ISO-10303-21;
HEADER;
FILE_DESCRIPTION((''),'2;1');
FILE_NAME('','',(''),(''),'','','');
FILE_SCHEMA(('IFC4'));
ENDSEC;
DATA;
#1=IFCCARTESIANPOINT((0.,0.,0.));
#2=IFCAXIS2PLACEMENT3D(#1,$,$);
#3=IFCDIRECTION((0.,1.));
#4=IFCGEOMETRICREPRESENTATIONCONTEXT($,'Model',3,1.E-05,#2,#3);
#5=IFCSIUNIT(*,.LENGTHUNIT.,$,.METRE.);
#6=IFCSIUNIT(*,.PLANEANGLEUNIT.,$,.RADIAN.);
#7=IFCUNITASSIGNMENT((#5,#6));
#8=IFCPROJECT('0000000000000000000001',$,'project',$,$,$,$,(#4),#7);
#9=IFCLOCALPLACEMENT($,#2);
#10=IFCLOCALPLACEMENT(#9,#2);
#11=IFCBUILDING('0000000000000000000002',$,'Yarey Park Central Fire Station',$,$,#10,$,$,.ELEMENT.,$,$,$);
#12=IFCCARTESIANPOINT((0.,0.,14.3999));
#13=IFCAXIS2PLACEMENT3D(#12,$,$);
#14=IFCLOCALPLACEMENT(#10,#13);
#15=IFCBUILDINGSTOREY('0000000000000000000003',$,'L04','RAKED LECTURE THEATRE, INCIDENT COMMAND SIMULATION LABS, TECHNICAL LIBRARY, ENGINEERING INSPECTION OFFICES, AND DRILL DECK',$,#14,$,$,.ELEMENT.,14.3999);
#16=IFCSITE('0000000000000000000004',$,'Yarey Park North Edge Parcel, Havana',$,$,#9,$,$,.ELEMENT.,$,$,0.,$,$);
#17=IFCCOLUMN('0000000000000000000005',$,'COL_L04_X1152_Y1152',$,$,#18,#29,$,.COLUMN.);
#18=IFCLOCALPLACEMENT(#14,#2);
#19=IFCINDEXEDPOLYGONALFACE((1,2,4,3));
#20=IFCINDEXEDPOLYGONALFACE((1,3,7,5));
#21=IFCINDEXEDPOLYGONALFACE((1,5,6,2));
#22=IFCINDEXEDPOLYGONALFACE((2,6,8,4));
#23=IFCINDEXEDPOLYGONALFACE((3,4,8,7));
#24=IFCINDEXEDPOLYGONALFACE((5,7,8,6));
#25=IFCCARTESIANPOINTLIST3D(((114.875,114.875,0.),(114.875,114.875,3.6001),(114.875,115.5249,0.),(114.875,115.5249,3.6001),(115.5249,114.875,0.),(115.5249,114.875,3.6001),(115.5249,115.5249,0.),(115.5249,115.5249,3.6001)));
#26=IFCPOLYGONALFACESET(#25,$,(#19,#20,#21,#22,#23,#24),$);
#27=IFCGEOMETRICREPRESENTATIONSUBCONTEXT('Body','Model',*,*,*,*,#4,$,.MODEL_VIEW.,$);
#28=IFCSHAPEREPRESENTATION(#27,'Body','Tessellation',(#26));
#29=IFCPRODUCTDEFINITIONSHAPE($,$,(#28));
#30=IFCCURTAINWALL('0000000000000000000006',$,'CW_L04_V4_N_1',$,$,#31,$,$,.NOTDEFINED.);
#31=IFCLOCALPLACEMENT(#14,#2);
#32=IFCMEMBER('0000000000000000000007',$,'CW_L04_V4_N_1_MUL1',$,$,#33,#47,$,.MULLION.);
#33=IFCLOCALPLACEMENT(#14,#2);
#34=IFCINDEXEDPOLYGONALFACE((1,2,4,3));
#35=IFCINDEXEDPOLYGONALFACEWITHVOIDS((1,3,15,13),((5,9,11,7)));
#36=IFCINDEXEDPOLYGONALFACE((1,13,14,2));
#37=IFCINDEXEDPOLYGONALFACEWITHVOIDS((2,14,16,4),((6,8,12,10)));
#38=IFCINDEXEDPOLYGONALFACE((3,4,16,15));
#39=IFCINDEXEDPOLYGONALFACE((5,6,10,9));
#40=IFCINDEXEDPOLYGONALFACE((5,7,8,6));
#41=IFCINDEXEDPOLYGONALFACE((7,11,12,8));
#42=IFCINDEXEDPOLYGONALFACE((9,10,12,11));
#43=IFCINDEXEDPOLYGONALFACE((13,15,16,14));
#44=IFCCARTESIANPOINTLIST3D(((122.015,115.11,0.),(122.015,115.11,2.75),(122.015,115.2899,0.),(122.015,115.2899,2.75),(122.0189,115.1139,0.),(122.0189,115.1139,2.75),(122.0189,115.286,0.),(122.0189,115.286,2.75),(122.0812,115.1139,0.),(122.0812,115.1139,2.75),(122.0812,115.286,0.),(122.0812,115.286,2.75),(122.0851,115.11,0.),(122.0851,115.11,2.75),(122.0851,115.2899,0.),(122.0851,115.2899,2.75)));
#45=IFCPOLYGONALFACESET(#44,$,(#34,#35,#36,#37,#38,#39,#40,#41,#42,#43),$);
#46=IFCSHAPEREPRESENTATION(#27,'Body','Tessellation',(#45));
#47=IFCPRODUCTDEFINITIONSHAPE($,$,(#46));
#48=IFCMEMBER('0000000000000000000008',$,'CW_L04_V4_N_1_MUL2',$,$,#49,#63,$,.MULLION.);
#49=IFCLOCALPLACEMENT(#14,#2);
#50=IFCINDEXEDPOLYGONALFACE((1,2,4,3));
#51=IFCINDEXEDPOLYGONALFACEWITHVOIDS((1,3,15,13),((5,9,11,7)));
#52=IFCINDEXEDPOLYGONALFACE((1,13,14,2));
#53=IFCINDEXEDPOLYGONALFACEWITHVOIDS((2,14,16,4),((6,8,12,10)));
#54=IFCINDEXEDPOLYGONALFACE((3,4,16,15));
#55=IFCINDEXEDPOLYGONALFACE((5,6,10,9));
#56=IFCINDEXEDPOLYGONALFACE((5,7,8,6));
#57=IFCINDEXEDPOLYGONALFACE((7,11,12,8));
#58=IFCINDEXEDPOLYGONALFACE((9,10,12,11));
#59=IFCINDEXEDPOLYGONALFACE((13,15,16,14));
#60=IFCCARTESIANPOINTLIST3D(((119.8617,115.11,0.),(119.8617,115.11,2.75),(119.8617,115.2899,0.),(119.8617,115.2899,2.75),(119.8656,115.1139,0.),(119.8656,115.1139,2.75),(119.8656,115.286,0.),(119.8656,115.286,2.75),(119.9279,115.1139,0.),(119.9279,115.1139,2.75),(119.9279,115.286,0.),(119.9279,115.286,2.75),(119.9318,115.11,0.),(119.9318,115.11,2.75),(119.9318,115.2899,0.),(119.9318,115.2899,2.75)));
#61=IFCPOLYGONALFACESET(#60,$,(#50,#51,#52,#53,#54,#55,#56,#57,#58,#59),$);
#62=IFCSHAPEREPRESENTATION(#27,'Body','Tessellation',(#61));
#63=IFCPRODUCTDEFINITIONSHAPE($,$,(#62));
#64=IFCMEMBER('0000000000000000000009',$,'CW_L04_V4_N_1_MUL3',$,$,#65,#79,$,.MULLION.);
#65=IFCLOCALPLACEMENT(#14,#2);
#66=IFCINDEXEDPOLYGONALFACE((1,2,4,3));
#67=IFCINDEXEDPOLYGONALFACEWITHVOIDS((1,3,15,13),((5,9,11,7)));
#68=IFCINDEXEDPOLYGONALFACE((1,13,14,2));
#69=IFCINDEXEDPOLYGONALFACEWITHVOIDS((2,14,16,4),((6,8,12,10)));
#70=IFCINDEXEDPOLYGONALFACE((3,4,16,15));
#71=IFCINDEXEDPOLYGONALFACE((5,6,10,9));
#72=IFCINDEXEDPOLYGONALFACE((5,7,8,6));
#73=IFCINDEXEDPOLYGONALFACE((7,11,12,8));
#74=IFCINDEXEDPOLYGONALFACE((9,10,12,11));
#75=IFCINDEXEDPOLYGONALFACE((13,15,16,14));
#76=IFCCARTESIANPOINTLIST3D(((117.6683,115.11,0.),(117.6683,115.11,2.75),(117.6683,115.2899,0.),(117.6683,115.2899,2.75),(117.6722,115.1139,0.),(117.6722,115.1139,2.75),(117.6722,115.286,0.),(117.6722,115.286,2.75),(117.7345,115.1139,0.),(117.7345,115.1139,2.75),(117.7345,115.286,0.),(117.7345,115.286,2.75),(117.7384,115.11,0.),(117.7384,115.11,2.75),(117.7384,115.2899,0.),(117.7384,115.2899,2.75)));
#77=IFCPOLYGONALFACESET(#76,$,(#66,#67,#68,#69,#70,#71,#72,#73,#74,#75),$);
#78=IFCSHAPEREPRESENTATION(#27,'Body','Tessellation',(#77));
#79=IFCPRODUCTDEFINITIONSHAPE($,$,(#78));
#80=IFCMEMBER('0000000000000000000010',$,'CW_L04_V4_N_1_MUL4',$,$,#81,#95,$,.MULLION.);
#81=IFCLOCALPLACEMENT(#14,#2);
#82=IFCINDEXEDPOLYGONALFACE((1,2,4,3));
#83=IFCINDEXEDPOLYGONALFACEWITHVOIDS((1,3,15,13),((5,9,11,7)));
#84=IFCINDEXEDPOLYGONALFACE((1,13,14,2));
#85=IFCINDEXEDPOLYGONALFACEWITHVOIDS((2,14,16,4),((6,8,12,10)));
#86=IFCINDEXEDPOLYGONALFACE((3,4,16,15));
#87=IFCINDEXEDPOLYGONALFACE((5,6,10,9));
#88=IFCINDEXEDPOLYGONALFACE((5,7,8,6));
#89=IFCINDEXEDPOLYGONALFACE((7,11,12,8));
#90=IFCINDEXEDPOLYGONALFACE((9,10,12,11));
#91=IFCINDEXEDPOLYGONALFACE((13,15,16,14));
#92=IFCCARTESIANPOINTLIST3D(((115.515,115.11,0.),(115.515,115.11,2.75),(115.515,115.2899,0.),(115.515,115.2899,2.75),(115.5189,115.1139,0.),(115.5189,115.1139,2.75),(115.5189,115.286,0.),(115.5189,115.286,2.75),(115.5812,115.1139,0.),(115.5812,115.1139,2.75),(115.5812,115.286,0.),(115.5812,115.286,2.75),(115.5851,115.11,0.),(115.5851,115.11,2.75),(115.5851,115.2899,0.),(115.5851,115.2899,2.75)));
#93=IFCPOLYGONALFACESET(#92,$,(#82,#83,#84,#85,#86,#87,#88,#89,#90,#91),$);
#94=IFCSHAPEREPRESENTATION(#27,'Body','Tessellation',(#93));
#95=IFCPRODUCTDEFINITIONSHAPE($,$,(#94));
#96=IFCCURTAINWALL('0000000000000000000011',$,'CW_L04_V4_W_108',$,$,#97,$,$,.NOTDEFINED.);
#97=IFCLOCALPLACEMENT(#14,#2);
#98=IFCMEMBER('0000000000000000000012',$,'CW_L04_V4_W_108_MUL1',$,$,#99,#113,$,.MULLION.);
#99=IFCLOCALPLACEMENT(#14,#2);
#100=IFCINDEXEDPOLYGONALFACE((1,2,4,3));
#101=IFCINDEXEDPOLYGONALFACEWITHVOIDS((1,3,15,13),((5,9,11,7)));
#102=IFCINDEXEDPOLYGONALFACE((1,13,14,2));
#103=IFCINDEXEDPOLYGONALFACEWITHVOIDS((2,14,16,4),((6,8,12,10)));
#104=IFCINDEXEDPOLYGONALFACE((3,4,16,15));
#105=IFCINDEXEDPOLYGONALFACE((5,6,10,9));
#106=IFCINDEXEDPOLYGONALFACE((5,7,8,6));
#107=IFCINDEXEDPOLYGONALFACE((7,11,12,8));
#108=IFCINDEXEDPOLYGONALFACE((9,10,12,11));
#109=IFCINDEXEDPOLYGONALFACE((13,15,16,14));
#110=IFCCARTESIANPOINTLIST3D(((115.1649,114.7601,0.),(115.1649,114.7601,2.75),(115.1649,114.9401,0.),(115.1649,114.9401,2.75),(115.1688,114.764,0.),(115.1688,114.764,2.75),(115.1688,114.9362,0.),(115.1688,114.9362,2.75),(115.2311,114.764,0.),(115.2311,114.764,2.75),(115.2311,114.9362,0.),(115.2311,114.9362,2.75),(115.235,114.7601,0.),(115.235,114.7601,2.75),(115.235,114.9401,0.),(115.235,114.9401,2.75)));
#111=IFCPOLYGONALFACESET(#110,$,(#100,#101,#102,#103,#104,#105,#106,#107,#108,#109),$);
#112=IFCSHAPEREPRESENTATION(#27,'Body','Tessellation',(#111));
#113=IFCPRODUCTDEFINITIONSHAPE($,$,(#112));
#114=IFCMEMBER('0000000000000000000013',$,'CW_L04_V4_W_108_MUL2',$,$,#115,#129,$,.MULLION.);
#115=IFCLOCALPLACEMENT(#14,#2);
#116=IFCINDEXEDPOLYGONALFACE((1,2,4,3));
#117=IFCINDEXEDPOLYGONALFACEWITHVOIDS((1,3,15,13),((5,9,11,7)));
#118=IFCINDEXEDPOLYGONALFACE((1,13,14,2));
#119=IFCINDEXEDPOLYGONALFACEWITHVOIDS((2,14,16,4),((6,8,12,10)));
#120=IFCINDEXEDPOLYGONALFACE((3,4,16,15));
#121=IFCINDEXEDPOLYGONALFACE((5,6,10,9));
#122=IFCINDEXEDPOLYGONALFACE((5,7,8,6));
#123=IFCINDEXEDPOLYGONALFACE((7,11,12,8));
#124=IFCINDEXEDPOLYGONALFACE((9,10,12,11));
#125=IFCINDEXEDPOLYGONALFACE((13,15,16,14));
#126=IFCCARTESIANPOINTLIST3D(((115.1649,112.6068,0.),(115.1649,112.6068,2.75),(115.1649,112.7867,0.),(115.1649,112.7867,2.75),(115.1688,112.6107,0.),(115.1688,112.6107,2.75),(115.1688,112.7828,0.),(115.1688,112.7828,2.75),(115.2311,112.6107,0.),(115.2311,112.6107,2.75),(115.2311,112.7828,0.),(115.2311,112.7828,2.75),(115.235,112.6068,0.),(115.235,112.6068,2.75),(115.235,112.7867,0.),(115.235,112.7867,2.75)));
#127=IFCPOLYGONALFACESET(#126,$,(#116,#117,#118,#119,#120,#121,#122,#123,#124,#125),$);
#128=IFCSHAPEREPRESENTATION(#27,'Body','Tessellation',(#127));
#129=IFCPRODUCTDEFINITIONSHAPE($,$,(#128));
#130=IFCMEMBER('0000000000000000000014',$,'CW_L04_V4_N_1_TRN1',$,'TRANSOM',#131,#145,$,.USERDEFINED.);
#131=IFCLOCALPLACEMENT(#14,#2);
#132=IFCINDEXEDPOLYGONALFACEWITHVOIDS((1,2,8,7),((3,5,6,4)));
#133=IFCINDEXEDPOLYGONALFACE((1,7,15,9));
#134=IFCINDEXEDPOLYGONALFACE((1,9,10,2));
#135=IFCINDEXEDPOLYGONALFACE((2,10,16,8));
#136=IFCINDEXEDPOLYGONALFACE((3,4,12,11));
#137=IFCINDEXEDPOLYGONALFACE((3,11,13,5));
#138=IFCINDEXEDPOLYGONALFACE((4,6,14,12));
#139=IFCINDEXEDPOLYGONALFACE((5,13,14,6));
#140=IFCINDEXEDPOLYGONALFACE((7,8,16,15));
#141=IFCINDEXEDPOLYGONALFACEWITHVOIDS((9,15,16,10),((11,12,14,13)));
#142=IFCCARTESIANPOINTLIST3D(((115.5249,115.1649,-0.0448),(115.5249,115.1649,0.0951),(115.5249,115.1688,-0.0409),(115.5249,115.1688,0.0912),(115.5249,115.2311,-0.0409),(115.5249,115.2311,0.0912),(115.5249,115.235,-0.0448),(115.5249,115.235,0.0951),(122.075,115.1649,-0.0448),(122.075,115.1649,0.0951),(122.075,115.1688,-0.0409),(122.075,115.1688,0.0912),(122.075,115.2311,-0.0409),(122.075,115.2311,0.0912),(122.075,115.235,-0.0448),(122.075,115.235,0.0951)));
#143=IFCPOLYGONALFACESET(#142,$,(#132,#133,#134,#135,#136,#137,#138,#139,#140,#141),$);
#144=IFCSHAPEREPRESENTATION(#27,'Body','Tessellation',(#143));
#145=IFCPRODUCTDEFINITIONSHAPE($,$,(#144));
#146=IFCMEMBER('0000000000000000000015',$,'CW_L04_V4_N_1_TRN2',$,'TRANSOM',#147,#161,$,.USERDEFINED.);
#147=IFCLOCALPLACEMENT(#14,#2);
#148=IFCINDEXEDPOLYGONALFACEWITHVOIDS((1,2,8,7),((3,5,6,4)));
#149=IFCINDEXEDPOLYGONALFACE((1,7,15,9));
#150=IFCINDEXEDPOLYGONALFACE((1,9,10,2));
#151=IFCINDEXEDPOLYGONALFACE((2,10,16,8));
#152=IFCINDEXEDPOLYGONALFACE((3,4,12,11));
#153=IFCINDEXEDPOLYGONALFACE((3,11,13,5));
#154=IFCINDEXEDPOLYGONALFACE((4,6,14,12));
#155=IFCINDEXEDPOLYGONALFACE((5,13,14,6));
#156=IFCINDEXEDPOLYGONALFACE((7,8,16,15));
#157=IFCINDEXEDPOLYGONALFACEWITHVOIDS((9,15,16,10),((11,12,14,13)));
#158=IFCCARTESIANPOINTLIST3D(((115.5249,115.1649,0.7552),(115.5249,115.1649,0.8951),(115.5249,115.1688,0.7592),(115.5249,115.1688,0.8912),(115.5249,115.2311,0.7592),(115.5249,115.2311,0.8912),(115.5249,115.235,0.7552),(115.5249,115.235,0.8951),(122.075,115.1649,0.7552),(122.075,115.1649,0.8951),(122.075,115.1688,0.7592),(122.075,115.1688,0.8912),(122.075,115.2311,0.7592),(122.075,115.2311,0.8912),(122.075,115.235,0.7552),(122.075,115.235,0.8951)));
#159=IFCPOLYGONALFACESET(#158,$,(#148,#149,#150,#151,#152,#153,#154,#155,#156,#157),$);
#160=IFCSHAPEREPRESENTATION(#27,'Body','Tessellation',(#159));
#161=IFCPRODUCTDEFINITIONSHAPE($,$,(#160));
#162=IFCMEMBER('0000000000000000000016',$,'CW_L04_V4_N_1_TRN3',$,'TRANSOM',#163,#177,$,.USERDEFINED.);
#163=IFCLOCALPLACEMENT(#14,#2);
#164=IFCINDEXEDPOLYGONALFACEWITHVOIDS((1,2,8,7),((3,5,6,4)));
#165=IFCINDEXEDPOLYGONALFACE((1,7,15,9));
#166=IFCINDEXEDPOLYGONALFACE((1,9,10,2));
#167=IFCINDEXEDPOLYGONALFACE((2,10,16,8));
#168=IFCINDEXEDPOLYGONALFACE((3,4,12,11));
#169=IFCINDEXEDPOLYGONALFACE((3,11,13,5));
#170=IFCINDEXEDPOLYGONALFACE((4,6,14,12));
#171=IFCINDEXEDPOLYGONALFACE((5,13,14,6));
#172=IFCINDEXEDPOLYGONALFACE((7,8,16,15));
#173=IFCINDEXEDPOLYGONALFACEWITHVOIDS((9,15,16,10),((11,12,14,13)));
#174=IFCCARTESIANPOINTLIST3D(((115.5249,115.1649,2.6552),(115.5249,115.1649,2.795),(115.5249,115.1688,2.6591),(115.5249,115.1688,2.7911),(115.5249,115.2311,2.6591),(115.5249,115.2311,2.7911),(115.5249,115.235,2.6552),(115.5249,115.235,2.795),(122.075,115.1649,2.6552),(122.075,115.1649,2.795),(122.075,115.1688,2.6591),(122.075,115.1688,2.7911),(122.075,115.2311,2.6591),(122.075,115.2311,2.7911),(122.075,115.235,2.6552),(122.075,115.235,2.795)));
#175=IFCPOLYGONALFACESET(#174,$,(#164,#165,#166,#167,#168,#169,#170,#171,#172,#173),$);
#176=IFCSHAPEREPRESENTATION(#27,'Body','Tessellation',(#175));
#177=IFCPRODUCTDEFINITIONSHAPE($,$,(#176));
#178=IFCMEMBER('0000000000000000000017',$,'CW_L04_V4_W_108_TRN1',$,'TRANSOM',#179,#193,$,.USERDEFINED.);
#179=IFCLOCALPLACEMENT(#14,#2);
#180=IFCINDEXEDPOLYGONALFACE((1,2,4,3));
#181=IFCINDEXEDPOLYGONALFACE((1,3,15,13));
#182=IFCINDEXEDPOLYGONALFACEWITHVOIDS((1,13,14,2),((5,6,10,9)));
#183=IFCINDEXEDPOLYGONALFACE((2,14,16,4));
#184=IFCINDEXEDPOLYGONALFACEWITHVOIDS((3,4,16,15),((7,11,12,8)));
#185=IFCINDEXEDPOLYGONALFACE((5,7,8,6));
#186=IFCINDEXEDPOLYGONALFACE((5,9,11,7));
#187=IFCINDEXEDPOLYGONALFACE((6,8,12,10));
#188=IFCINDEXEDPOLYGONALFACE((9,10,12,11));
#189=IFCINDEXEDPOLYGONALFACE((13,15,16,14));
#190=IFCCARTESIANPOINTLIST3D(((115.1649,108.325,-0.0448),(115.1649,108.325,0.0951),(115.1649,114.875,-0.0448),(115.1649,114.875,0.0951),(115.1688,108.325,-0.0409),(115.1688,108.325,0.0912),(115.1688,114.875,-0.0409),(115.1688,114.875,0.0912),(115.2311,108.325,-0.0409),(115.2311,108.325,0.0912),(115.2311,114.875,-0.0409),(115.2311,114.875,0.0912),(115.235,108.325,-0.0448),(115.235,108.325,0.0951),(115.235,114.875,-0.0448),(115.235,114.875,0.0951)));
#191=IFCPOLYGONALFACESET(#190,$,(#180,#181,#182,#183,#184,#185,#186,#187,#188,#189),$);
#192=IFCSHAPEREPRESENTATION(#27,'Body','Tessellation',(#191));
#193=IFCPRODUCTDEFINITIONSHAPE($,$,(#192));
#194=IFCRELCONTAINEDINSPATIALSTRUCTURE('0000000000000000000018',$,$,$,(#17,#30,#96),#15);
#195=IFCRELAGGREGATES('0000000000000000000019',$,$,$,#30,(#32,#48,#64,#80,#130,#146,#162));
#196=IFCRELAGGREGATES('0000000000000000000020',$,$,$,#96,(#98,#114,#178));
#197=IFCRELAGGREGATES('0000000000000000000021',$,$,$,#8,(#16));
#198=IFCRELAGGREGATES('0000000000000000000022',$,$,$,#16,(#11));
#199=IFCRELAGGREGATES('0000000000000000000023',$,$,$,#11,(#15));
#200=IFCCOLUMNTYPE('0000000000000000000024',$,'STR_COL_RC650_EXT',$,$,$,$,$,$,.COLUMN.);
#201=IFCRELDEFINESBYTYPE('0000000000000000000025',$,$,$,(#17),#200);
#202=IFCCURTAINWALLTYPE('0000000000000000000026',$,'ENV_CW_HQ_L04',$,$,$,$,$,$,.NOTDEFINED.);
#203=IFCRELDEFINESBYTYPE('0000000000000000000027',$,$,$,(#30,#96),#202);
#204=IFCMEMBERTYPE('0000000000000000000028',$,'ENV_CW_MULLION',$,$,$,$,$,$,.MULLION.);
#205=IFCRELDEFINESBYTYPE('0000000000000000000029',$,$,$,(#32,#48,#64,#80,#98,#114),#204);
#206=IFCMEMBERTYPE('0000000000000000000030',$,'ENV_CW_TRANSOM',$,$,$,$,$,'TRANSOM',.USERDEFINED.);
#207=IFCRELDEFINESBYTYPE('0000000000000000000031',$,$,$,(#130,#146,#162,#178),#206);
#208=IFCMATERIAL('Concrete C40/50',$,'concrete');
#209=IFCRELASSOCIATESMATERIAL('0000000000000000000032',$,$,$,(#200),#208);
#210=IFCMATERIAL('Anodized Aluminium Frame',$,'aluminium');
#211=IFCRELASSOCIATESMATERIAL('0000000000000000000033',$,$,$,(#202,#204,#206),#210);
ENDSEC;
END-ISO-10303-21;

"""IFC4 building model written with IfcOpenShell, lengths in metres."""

from ifc_helpers import new_model, si_unit, direction, frame, origin, origin_2d, place, context, subcontext, project, spatial, rectangle, hollow_rectangle, extrude, material, material_profile, profile_set, type_object, element, aggregate, save


model = new_model("IFC4")

# Units and contexts
model_context = context("Model", 3, precision=1e-05, world=origin(), true_north=direction((0.0, 1.0)))
body_context = subcontext(model_context, "Body", "Model", "MODEL_VIEW")
ifc_project = project(units=[si_unit("LENGTHUNIT", "METRE"), si_unit("PLANEANGLEUNIT", "RADIAN")], contexts=[model_context])

# Site, building, storey
site_placement = place(None, origin())
site = spatial("IfcSite", under=ifc_project, at=site_placement, Name="Yarey Park North Edge Parcel, Havana", CompositionType="ELEMENT", RefElevation=0.0)
building_placement = place(site_placement, origin())
building = spatial("IfcBuilding", under=site, at=building_placement, Name="Yarey Park Central Fire Station", CompositionType="ELEMENT")
storey_placement = place(building_placement, frame((0.0, 0.0, 14.3999)))
storey = spatial("IfcBuildingStorey", under=building, at=storey_placement, Name="L04", Description="RAKED LECTURE THEATRE, INCIDENT COMMAND SIMULATION LABS, TECHNICAL LIBRARY, ENGINEERING INSPECTION OFFICES, AND DRILL DECK", CompositionType="ELEMENT", Elevation=14.3999)

# Column
ifc_material_1 = material(Name="Concrete C40/50", Category="concrete")
ifc_material_profile_1 = material_profile(ifc_material_1, rectangle(XDim=0.6499, YDim=0.6499, at=origin_2d()), Name="RC 650x650")
ifc_profile_set_1 = profile_set([ifc_material_profile_1], Name="Concrete C40/50")
column_type = type_object("IfcColumnType", Name="STR_COL_RC650_EXT", PredefinedType="COLUMN", material=ifc_profile_set_1)
column_placement = place(storey_placement, frame((115.2, 115.2, 0.0), z_axis=(0.0, 0.0, 1.0), x_axis=(1.0, 0.0, 0.0)))
element("IfcColumn", 1, at=column_placement, inside=storey, type_object=column_type, Name="COL_L04_X1152_Y1152", PredefinedType="COLUMN", context=body_context, shape_type="SweptSolid", body=[
    extrude(rectangle(XDim=0.6499, YDim=0.6499, at=origin_2d()), origin(), (0.0, 0.0, 1.0), 3.6001),
])

# Curtain walls, members
ifc_material_2 = material(Name="Anodized Aluminium Frame", Category="aluminium")
curtain_wall_type = type_object("IfcCurtainWallType", Name="ENV_CW_HQ_L04", PredefinedType="NOTDEFINED", material=ifc_material_2)
curtain_wall_1_placement = place(storey_placement, origin())
curtain_wall_1 = element("IfcCurtainWall", 2, at=curtain_wall_1_placement, inside=storey, type_object=curtain_wall_type, Name="CW_L04_V4_N_1", PredefinedType="NOTDEFINED")
ifc_material_profile_2 = material_profile(ifc_material_2, hollow_rectangle(XDim=0.0701, YDim=0.1799, WallThickness=0.0039, at=origin_2d()), Name="ALU 180x70x4")
ifc_profile_set_2 = profile_set([ifc_material_profile_2], Name="Anodized Aluminium Frame")
member_type_1 = type_object("IfcMemberType", Name="ENV_CW_MULLION", PredefinedType="MULLION", material=ifc_profile_set_2)
member_1_placement = place(storey_placement, frame((122.05, 115.2, 0.0), z_axis=(0.0, 0.0, 1.0), x_axis=(1.0, 0.0, 0.0)))
member_1 = element("IfcMember", 3, at=member_1_placement, type_object=member_type_1, Name="CW_L04_V4_N_1_MUL1", PredefinedType="MULLION", context=body_context, shape_type="SweptSolid", body=[
    extrude(hollow_rectangle(XDim=0.0701, YDim=0.1799, WallThickness=0.0039, at=origin_2d()), origin(), (0.0, 0.0, 1.0), 2.75),
])
member_2_placement = place(storey_placement, frame((119.8967, 115.2, 0.0), z_axis=(0.0, 0.0, 1.0), x_axis=(1.0, 0.0, 0.0)))
member_2 = element("IfcMember", 4, at=member_2_placement, type_object=member_type_1, Name="CW_L04_V4_N_1_MUL2", PredefinedType="MULLION", context=body_context, shape_type="SweptSolid", body=[
    extrude(hollow_rectangle(XDim=0.0701, YDim=0.1799, WallThickness=0.0039, at=origin_2d()), origin(), (0.0, 0.0, 1.0), 2.75),
])
member_3_placement = place(storey_placement, frame((117.7034, 115.2, 0.0), z_axis=(0.0, 0.0, 1.0), x_axis=(1.0, 0.0, 0.0)))
member_3 = element("IfcMember", 5, at=member_3_placement, type_object=member_type_1, Name="CW_L04_V4_N_1_MUL3", PredefinedType="MULLION", context=body_context, shape_type="SweptSolid", body=[
    extrude(hollow_rectangle(XDim=0.0701, YDim=0.1799, WallThickness=0.0039, at=origin_2d()), origin(), (0.0, 0.0, 1.0), 2.75),
])
member_4_placement = place(storey_placement, frame((115.55, 115.2, 0.0), z_axis=(0.0, 0.0, 1.0), x_axis=(1.0, 0.0, 0.0)))
member_4 = element("IfcMember", 6, at=member_4_placement, type_object=member_type_1, Name="CW_L04_V4_N_1_MUL4", PredefinedType="MULLION", context=body_context, shape_type="SweptSolid", body=[
    extrude(hollow_rectangle(XDim=0.0701, YDim=0.1799, WallThickness=0.0039, at=origin_2d()), origin(), (0.0, 0.0, 1.0), 2.75),
])
curtain_wall_2_placement = place(storey_placement, origin())
curtain_wall_2 = element("IfcCurtainWall", 7, at=curtain_wall_2_placement, inside=storey, type_object=curtain_wall_type, Name="CW_L04_V4_W_108", PredefinedType="NOTDEFINED")
member_5_placement = place(storey_placement, frame((115.2, 114.8501, 0.0), z_axis=(0.0, 0.0, 1.0), x_axis=(1.0, 0.0, 0.0)))
member_5 = element("IfcMember", 8, at=member_5_placement, type_object=member_type_1, Name="CW_L04_V4_W_108_MUL1", PredefinedType="MULLION", context=body_context, shape_type="SweptSolid", body=[
    extrude(hollow_rectangle(XDim=0.0701, YDim=0.1799, WallThickness=0.0039, at=origin_2d()), origin(), (0.0, 0.0, 1.0), 2.75),
])
member_6_placement = place(storey_placement, frame((115.2, 112.6968, 0.0), z_axis=(0.0, 0.0, 1.0), x_axis=(1.0, 0.0, 0.0)))
member_6 = element("IfcMember", 9, at=member_6_placement, type_object=member_type_1, Name="CW_L04_V4_W_108_MUL2", PredefinedType="MULLION", context=body_context, shape_type="SweptSolid", body=[
    extrude(hollow_rectangle(XDim=0.0701, YDim=0.1799, WallThickness=0.0039, at=origin_2d()), origin(), (0.0, 0.0, 1.0), 2.75),
])

# Members
ifc_material_profile_3 = material_profile(ifc_material_2, hollow_rectangle(XDim=0.0701, YDim=0.1399, WallThickness=0.0039, at=origin_2d()), Name="ALU 140x70x4")
ifc_profile_set_3 = profile_set([ifc_material_profile_3], Name="Anodized Aluminium Frame")
member_type_2 = type_object("IfcMemberType", Name="ENV_CW_TRANSOM", ElementType="TRANSOM", PredefinedType="USERDEFINED", material=ifc_profile_set_3)
member_7_placement = place(storey_placement, frame((122.075, 115.2, 0.0251), z_axis=(-1.0, 0.0, 0.0), x_axis=(0.0, -1.0, 0.0)))
member_7 = element("IfcMember", 10, at=member_7_placement, type_object=member_type_2, Name="CW_L04_V4_N_1_TRN1", ObjectType="TRANSOM", PredefinedType="USERDEFINED", context=body_context, shape_type="SweptSolid", body=[
    extrude(hollow_rectangle(XDim=0.0701, YDim=0.1399, WallThickness=0.0039, at=origin_2d()), origin(), (0.0, 0.0, 1.0), 6.55),
])
member_8_placement = place(storey_placement, frame((122.075, 115.2, 0.8252), z_axis=(-1.0, 0.0, 0.0), x_axis=(0.0, -1.0, 0.0)))
member_8 = element("IfcMember", 11, at=member_8_placement, type_object=member_type_2, Name="CW_L04_V4_N_1_TRN2", ObjectType="TRANSOM", PredefinedType="USERDEFINED", context=body_context, shape_type="SweptSolid", body=[
    extrude(hollow_rectangle(XDim=0.0701, YDim=0.1399, WallThickness=0.0039, at=origin_2d()), origin(), (0.0, 0.0, 1.0), 6.55),
])
member_9_placement = place(storey_placement, frame((122.075, 115.2, 2.7251), z_axis=(-1.0, 0.0, 0.0), x_axis=(0.0, -1.0, 0.0)))
member_9 = element("IfcMember", 12, at=member_9_placement, type_object=member_type_2, Name="CW_L04_V4_N_1_TRN3", ObjectType="TRANSOM", PredefinedType="USERDEFINED", context=body_context, shape_type="SweptSolid", body=[
    extrude(hollow_rectangle(XDim=0.0701, YDim=0.1399, WallThickness=0.0039, at=origin_2d()), origin(), (0.0, 0.0, 1.0), 6.55),
])
member_10_placement = place(storey_placement, frame((115.2, 114.875, 0.0251), z_axis=(0.0, -1.0, 0.0), x_axis=(1.0, 0.0, 0.0)))
member_10 = element("IfcMember", 13, at=member_10_placement, type_object=member_type_2, Name="CW_L04_V4_W_108_TRN1", ObjectType="TRANSOM", PredefinedType="USERDEFINED", context=body_context, shape_type="SweptSolid", body=[
    extrude(hollow_rectangle(XDim=0.0701, YDim=0.1399, WallThickness=0.0039, at=origin_2d()), origin(), (0.0, 0.0, 1.0), 6.55),
])

aggregate(curtain_wall_1, [member_1, member_2, member_3, member_4, member_7, member_8, member_9])
aggregate(curtain_wall_2, [member_5, member_6, member_10])

save(model, "model.ifc")
